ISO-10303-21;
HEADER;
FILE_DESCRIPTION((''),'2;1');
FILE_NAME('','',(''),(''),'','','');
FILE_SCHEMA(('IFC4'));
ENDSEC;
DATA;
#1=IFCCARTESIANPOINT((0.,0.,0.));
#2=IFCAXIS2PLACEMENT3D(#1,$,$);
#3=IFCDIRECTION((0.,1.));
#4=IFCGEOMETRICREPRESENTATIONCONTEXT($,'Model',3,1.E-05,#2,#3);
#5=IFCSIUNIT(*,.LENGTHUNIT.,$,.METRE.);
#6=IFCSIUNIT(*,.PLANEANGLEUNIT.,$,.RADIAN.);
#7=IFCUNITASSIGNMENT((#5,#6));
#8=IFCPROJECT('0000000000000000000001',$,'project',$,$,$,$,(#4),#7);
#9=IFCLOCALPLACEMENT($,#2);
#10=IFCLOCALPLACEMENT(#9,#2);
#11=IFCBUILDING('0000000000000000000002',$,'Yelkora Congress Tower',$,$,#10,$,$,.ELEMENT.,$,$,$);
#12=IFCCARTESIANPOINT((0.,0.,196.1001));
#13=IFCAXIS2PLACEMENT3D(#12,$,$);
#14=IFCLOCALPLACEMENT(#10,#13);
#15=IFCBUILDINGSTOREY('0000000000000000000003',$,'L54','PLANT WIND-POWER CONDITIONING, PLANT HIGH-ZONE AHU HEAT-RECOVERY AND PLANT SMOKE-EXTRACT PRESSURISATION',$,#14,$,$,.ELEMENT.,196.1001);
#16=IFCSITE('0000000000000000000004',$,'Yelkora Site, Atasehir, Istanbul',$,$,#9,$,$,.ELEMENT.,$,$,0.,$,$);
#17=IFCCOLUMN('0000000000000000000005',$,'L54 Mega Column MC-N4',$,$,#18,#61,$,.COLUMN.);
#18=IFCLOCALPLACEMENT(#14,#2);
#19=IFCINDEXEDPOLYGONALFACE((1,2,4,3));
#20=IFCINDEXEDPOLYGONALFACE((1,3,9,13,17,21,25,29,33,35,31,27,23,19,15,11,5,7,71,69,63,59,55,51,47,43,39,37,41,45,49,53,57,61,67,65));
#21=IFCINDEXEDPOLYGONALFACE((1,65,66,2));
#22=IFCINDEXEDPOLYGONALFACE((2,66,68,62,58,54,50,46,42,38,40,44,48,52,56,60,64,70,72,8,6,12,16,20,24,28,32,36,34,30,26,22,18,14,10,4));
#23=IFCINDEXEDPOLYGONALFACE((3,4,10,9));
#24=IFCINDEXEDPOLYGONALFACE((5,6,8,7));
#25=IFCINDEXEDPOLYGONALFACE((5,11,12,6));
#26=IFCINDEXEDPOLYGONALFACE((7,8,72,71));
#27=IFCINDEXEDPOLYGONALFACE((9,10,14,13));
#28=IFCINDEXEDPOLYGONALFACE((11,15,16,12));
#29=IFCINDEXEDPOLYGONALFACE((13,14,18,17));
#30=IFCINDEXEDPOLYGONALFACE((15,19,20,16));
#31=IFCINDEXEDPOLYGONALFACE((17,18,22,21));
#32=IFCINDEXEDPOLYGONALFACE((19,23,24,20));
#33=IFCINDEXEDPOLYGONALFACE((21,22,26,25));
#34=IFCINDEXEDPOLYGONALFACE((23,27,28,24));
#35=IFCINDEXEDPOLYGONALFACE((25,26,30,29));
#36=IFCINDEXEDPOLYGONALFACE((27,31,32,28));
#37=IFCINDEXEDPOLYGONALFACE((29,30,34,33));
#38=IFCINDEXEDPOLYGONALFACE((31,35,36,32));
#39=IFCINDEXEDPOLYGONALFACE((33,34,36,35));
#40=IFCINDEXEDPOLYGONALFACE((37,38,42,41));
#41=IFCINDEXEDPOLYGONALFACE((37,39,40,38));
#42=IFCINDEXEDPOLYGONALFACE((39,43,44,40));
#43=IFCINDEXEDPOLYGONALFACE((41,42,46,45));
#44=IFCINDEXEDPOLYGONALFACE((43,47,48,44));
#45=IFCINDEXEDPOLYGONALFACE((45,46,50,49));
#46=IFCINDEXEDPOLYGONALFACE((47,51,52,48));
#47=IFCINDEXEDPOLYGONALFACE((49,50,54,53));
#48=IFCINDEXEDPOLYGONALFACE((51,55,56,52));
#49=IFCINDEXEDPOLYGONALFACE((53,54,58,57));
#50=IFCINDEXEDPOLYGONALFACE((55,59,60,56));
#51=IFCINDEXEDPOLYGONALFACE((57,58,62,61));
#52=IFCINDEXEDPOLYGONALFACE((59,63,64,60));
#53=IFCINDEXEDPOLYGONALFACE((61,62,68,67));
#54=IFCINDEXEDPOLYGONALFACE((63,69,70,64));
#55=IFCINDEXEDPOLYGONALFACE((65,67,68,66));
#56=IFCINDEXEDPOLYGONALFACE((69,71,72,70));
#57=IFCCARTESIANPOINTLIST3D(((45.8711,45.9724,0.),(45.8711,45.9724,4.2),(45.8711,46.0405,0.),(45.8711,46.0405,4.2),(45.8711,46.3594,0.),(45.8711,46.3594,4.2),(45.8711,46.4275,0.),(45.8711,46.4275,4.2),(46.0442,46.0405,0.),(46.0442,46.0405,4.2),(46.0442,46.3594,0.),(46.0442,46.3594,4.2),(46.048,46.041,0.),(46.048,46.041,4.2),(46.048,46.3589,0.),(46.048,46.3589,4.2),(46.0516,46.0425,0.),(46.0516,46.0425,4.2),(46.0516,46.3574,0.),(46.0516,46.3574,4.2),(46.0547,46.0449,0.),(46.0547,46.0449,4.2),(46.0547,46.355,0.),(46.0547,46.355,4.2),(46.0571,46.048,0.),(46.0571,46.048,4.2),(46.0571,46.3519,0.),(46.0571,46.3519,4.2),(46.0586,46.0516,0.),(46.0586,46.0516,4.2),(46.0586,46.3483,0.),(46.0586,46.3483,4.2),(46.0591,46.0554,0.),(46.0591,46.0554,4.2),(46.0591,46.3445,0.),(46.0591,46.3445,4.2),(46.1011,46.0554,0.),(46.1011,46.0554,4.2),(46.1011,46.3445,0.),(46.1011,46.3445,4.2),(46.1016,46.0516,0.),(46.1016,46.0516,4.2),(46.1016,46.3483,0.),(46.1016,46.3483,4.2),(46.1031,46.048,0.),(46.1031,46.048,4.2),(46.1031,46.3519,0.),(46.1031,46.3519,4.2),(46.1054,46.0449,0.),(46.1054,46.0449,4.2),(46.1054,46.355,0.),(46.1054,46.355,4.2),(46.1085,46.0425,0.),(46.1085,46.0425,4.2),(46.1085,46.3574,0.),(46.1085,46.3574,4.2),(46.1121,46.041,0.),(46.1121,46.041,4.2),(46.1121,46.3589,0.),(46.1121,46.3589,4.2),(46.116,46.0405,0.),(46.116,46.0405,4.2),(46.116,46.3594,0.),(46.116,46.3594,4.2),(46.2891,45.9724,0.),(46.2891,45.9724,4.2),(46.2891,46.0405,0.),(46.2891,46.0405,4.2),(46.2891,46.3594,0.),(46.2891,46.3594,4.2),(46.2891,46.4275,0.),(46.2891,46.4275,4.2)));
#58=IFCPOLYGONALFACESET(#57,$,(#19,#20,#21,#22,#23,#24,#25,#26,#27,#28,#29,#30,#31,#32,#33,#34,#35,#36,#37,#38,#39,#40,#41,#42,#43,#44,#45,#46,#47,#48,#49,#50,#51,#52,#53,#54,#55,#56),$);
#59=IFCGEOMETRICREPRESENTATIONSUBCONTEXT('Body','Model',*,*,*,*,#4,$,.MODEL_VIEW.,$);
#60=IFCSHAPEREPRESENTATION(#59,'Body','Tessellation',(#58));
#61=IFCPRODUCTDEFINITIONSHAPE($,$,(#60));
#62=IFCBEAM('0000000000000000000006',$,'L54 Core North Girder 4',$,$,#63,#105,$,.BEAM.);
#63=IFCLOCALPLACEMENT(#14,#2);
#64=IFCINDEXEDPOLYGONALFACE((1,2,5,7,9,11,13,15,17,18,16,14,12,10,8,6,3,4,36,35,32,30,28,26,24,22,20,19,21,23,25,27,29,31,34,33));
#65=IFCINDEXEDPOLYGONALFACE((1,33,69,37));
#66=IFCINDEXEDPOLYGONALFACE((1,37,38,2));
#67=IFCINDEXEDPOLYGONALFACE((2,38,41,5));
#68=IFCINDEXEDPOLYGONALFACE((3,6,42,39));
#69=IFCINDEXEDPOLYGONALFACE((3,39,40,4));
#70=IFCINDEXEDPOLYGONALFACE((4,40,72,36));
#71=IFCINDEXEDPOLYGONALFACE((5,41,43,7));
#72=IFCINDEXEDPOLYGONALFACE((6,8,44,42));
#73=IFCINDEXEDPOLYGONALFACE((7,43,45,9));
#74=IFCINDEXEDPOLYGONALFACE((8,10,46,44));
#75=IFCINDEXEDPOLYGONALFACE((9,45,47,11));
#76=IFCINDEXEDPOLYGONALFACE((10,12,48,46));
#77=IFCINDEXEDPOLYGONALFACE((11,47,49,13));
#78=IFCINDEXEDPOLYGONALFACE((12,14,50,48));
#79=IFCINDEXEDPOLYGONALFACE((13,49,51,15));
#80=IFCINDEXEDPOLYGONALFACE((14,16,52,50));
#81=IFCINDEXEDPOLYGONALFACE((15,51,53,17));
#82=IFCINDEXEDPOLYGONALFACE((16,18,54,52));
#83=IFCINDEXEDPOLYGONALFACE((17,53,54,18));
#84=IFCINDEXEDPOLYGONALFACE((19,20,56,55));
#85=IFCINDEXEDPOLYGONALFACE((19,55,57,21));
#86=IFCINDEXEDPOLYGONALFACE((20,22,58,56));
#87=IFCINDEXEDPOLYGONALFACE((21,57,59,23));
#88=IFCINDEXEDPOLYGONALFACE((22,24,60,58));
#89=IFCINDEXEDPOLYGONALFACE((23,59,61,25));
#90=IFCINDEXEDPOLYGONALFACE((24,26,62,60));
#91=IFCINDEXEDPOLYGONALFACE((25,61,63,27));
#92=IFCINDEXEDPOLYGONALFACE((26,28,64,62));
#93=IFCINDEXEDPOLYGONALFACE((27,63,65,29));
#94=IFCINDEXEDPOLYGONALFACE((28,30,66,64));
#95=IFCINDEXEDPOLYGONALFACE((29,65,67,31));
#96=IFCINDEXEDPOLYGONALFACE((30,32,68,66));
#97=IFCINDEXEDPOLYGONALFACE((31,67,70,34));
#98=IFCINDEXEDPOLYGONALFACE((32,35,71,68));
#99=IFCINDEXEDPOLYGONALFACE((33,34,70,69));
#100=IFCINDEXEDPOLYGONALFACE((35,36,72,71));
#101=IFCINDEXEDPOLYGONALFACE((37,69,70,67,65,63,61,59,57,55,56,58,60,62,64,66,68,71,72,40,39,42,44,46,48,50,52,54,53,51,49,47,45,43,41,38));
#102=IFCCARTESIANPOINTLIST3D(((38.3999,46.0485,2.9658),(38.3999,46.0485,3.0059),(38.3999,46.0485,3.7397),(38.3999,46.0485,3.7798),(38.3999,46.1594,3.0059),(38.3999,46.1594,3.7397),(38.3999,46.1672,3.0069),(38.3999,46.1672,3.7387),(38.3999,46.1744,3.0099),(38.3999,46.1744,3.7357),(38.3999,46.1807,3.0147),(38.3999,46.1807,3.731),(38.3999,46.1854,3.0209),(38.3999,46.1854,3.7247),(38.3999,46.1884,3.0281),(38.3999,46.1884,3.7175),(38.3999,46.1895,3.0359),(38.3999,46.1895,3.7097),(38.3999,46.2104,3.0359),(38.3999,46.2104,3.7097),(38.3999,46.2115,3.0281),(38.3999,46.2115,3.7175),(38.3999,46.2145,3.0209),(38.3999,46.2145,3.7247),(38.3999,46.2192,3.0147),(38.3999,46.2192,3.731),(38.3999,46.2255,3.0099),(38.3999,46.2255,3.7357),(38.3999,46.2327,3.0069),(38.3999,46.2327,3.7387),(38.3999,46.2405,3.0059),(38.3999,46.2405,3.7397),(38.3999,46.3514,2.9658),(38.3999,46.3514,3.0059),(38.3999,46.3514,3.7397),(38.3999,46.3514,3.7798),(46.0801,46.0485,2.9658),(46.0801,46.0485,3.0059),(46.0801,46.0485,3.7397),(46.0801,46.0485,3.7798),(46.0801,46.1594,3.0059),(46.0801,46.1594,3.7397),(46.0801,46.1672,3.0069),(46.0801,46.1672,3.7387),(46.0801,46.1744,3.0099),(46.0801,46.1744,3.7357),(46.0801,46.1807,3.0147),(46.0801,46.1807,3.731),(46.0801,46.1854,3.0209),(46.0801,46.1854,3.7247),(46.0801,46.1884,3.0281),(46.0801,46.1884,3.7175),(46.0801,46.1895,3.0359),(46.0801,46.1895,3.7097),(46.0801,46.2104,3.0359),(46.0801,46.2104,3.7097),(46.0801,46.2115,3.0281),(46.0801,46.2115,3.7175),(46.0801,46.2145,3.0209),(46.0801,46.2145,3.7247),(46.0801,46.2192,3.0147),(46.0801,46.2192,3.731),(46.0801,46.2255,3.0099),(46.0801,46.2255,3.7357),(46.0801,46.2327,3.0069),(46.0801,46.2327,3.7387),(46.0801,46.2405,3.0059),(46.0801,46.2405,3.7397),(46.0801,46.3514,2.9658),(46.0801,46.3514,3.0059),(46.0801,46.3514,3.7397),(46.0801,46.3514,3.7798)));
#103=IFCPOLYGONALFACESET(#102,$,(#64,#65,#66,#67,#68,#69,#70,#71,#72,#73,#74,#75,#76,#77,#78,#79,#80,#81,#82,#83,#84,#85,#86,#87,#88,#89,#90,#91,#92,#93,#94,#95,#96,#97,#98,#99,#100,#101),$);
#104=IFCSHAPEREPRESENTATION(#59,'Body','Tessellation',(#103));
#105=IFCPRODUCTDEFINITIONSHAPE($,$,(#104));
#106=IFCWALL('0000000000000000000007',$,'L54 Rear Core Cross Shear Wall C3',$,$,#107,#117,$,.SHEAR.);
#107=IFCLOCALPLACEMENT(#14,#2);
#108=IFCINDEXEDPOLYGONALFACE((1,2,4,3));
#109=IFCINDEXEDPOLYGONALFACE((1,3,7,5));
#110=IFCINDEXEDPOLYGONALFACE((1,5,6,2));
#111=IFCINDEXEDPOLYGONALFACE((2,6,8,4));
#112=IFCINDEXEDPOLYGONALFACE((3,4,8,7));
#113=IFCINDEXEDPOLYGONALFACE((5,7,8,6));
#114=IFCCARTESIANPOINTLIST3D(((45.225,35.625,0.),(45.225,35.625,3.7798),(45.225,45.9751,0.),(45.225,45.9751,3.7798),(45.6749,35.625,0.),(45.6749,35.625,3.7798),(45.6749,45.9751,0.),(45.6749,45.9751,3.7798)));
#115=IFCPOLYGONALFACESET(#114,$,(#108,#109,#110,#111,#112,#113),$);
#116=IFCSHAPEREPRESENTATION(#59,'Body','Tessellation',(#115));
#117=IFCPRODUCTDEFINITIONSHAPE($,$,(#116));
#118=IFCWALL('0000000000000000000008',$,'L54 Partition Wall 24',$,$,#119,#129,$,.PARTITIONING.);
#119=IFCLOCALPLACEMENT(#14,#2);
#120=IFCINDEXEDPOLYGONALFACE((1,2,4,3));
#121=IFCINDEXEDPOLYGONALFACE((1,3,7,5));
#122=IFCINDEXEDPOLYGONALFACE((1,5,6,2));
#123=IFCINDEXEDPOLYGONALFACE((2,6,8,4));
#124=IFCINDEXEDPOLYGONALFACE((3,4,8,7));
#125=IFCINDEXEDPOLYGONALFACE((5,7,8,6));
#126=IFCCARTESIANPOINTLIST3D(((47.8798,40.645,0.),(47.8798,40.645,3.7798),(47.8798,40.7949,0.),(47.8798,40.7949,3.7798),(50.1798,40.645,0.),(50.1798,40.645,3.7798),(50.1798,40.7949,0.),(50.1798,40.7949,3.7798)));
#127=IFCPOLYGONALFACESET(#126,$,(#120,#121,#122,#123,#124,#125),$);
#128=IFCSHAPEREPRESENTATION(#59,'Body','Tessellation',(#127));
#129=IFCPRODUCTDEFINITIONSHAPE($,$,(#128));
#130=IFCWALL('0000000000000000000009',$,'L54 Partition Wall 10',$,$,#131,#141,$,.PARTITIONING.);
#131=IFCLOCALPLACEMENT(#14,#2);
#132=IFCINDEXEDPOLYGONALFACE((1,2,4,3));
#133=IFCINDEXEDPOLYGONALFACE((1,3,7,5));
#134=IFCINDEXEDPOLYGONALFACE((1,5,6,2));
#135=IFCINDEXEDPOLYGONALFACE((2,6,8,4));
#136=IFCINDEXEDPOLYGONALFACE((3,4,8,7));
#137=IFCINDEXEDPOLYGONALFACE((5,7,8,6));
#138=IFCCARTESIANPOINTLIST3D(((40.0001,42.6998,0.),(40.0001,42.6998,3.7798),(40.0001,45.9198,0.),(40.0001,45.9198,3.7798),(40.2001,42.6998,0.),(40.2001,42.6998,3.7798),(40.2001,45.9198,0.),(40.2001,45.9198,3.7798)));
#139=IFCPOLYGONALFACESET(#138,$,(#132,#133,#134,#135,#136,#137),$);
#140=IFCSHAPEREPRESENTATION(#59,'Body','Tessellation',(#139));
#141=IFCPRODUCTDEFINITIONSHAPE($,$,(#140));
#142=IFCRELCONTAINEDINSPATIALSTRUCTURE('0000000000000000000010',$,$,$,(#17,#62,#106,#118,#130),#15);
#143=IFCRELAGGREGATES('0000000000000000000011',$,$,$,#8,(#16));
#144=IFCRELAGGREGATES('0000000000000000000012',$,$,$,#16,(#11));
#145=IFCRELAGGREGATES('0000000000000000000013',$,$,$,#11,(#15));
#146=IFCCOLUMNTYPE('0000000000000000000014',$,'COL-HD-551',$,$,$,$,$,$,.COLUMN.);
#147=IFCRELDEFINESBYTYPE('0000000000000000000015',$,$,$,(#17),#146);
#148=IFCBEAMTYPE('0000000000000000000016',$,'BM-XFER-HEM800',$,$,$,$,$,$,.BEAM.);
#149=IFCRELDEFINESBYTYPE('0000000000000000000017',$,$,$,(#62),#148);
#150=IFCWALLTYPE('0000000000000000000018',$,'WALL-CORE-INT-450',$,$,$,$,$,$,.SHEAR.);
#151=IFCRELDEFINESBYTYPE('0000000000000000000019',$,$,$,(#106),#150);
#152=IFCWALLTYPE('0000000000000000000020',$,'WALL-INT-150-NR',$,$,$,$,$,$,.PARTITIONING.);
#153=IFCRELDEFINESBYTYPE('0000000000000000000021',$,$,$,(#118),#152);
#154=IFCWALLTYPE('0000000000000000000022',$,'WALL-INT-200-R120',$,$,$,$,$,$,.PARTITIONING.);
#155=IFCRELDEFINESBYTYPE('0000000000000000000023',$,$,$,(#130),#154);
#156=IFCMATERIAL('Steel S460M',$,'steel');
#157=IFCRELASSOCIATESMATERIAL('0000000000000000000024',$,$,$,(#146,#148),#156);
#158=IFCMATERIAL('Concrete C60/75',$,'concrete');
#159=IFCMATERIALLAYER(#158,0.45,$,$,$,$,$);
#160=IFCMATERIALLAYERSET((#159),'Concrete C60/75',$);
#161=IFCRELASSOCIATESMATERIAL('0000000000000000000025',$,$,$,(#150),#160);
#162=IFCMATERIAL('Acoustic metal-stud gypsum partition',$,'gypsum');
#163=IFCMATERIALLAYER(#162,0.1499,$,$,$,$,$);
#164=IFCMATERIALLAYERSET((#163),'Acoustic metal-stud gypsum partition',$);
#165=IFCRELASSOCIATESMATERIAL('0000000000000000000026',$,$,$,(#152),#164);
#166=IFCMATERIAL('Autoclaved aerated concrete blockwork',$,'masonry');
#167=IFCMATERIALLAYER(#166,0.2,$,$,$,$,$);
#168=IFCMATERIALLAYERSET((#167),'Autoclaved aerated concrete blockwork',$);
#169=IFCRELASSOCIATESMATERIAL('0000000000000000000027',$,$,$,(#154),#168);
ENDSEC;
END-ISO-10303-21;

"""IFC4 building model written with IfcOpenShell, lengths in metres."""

from ifc_helpers import new_model, si_unit, direction, frame, frame_2d, origin, origin_2d, place, context, subcontext, project, spatial, rectangle, i_section, extrude, material, layer, layer_set, material_profile, profile_set, type_object, element, save


model = new_model("IFC4")

# Units and contexts
model_context = context("Model", 3, precision=1e-05, world=origin(), true_north=direction((0.0, 1.0)))
body_context = subcontext(model_context, "Body", "Model", "MODEL_VIEW")
ifc_project = project(units=[si_unit("LENGTHUNIT", "METRE"), si_unit("PLANEANGLEUNIT", "RADIAN")], contexts=[model_context])

# Site, building, storey
site_placement = place(None, origin())
site = spatial("IfcSite", under=ifc_project, at=site_placement, Name="Yelkora Site, Atasehir, Istanbul", CompositionType="ELEMENT", RefElevation=0.0)
building_placement = place(site_placement, origin())
building = spatial("IfcBuilding", under=site, at=building_placement, Name="Yelkora Congress Tower", CompositionType="ELEMENT")
storey_placement = place(building_placement, frame((0.0, 0.0, 196.1001)))
storey = spatial("IfcBuildingStorey", under=building, at=storey_placement, Name="L54", Description="PLANT WIND-POWER CONDITIONING, PLANT HIGH-ZONE AHU HEAT-RECOVERY AND PLANT SMOKE-EXTRACT PRESSURISATION", CompositionType="ELEMENT", Elevation=196.1001)

# Column
ifc_material_1 = material(Name="Steel S460M", Category="steel")
ifc_material_profile_1 = material_profile(ifc_material_1, i_section(OverallWidth=0.418, OverallDepth=0.4551, WebThickness=0.042, FlangeThickness=0.0681, FilletRadius=0.0149, at=origin_2d()), Name="HD 400x551")
ifc_profile_set_1 = profile_set([ifc_material_profile_1], Name="Steel S460M")
column_type = type_object("IfcColumnType", Name="COL-HD-551", PredefinedType="COLUMN", material=ifc_profile_set_1)
column_placement = place(storey_placement, frame((46.0801, 46.2, 0.0), z_axis=(0.0, 0.0, 1.0), x_axis=(1.0, 0.0, 0.0)))
element("IfcColumn", 1, at=column_placement, inside=storey, type_object=column_type, Name="L54 Mega Column MC-N4", PredefinedType="COLUMN", context=body_context, shape_type="SweptSolid", body=[
    extrude(i_section(OverallWidth=0.418, OverallDepth=0.4551, WebThickness=0.042, FlangeThickness=0.0681, FilletRadius=0.0149, at=origin_2d()), origin(), (0.0, 0.0, 1.0), 4.2),
])

# Beam
ifc_material_profile_2 = material_profile(ifc_material_1, i_section(OverallWidth=0.303, OverallDepth=0.814, WebThickness=0.021, FlangeThickness=0.04, FilletRadius=0.03, at=origin_2d()), Name="HEM 800")
ifc_profile_set_2 = profile_set([ifc_material_profile_2], Name="Steel S460M")
beam_type = type_object("IfcBeamType", Name="BM-XFER-HEM800", PredefinedType="BEAM", material=ifc_profile_set_2)
beam_placement = place(storey_placement, frame((38.3999, 46.2, 3.3728), z_axis=(1.0, 0.0, 0.0), x_axis=(0.0, 1.0, 0.0)))
element("IfcBeam", 2, at=beam_placement, inside=storey, type_object=beam_type, Name="L54 Core North Girder 4", PredefinedType="BEAM", context=body_context, shape_type="SweptSolid", body=[
    extrude(i_section(OverallWidth=0.303, OverallDepth=0.814, WebThickness=0.021, FlangeThickness=0.04, FilletRadius=0.03, at=origin_2d()), origin(), (0.0, 0.0, 1.0), 7.6802),
])

# Walls
ifc_material_2 = material(Name="Concrete C60/75", Category="concrete")
ifc_layer_1 = layer(ifc_material_2, 0.45)
ifc_layer_set_1 = layer_set([ifc_layer_1], Name="Concrete C60/75")
wall_type_1 = type_object("IfcWallType", Name="WALL-CORE-INT-450", PredefinedType="SHEAR", material=ifc_layer_set_1)
wall_1_placement = place(storey_placement, frame((45.45, 35.625, 0.0), z_axis=(0.0, 0.0, 1.0), x_axis=(0.0, 1.0, 0.0)))
element("IfcWall", 3, at=wall_1_placement, inside=storey, type_object=wall_type_1, Name="L54 Rear Core Cross Shear Wall C3", PredefinedType="SHEAR", context=body_context, shape_type="SweptSolid", body=[
    extrude(rectangle(XDim=10.3501, YDim=0.45, at=frame_2d((5.175, 0.0))), origin(), (0.0, 0.0, 1.0), 3.7798),
])
ifc_material_3 = material(Name="Acoustic metal-stud gypsum partition", Category="gypsum")
ifc_layer_2 = layer(ifc_material_3, 0.1499)
ifc_layer_set_2 = layer_set([ifc_layer_2], Name="Acoustic metal-stud gypsum partition")
wall_type_2 = type_object("IfcWallType", Name="WALL-INT-150-NR", PredefinedType="PARTITIONING", material=ifc_layer_set_2)
wall_2_placement = place(storey_placement, frame((47.8799, 40.72, 0.0), z_axis=(0.0, 0.0, 1.0), x_axis=(1.0, 0.0, 0.0)))
element("IfcWall", 4, at=wall_2_placement, inside=storey, type_object=wall_type_2, Name="L54 Partition Wall 24", PredefinedType="PARTITIONING", context=body_context, shape_type="SweptSolid", body=[
    extrude(rectangle(XDim=2.3, YDim=0.1499, at=frame_2d((1.1499, 0.0))), origin(), (0.0, 0.0, 1.0), 3.7798),
])

# Wall
ifc_material_4 = material(Name="Autoclaved aerated concrete blockwork", Category="masonry")
ifc_layer_3 = layer(ifc_material_4, 0.2)
ifc_layer_set_3 = layer_set([ifc_layer_3], Name="Autoclaved aerated concrete blockwork")
wall_type_3 = type_object("IfcWallType", Name="WALL-INT-200-R120", PredefinedType="PARTITIONING", material=ifc_layer_set_3)
wall_3_placement = place(storey_placement, frame((40.1001, 42.7, 0.0), z_axis=(0.0, 0.0, 1.0), x_axis=(0.0, 1.0, 0.0)))
element("IfcWall", 5, at=wall_3_placement, inside=storey, type_object=wall_type_3, Name="L54 Partition Wall 10", PredefinedType="PARTITIONING", context=body_context, shape_type="SweptSolid", body=[
    extrude(rectangle(XDim=3.22, YDim=0.2, at=frame_2d((1.6099, 0.0))), origin(), (0.0, 0.0, 1.0), 3.7798),
])

save(model, "model.ifc")
